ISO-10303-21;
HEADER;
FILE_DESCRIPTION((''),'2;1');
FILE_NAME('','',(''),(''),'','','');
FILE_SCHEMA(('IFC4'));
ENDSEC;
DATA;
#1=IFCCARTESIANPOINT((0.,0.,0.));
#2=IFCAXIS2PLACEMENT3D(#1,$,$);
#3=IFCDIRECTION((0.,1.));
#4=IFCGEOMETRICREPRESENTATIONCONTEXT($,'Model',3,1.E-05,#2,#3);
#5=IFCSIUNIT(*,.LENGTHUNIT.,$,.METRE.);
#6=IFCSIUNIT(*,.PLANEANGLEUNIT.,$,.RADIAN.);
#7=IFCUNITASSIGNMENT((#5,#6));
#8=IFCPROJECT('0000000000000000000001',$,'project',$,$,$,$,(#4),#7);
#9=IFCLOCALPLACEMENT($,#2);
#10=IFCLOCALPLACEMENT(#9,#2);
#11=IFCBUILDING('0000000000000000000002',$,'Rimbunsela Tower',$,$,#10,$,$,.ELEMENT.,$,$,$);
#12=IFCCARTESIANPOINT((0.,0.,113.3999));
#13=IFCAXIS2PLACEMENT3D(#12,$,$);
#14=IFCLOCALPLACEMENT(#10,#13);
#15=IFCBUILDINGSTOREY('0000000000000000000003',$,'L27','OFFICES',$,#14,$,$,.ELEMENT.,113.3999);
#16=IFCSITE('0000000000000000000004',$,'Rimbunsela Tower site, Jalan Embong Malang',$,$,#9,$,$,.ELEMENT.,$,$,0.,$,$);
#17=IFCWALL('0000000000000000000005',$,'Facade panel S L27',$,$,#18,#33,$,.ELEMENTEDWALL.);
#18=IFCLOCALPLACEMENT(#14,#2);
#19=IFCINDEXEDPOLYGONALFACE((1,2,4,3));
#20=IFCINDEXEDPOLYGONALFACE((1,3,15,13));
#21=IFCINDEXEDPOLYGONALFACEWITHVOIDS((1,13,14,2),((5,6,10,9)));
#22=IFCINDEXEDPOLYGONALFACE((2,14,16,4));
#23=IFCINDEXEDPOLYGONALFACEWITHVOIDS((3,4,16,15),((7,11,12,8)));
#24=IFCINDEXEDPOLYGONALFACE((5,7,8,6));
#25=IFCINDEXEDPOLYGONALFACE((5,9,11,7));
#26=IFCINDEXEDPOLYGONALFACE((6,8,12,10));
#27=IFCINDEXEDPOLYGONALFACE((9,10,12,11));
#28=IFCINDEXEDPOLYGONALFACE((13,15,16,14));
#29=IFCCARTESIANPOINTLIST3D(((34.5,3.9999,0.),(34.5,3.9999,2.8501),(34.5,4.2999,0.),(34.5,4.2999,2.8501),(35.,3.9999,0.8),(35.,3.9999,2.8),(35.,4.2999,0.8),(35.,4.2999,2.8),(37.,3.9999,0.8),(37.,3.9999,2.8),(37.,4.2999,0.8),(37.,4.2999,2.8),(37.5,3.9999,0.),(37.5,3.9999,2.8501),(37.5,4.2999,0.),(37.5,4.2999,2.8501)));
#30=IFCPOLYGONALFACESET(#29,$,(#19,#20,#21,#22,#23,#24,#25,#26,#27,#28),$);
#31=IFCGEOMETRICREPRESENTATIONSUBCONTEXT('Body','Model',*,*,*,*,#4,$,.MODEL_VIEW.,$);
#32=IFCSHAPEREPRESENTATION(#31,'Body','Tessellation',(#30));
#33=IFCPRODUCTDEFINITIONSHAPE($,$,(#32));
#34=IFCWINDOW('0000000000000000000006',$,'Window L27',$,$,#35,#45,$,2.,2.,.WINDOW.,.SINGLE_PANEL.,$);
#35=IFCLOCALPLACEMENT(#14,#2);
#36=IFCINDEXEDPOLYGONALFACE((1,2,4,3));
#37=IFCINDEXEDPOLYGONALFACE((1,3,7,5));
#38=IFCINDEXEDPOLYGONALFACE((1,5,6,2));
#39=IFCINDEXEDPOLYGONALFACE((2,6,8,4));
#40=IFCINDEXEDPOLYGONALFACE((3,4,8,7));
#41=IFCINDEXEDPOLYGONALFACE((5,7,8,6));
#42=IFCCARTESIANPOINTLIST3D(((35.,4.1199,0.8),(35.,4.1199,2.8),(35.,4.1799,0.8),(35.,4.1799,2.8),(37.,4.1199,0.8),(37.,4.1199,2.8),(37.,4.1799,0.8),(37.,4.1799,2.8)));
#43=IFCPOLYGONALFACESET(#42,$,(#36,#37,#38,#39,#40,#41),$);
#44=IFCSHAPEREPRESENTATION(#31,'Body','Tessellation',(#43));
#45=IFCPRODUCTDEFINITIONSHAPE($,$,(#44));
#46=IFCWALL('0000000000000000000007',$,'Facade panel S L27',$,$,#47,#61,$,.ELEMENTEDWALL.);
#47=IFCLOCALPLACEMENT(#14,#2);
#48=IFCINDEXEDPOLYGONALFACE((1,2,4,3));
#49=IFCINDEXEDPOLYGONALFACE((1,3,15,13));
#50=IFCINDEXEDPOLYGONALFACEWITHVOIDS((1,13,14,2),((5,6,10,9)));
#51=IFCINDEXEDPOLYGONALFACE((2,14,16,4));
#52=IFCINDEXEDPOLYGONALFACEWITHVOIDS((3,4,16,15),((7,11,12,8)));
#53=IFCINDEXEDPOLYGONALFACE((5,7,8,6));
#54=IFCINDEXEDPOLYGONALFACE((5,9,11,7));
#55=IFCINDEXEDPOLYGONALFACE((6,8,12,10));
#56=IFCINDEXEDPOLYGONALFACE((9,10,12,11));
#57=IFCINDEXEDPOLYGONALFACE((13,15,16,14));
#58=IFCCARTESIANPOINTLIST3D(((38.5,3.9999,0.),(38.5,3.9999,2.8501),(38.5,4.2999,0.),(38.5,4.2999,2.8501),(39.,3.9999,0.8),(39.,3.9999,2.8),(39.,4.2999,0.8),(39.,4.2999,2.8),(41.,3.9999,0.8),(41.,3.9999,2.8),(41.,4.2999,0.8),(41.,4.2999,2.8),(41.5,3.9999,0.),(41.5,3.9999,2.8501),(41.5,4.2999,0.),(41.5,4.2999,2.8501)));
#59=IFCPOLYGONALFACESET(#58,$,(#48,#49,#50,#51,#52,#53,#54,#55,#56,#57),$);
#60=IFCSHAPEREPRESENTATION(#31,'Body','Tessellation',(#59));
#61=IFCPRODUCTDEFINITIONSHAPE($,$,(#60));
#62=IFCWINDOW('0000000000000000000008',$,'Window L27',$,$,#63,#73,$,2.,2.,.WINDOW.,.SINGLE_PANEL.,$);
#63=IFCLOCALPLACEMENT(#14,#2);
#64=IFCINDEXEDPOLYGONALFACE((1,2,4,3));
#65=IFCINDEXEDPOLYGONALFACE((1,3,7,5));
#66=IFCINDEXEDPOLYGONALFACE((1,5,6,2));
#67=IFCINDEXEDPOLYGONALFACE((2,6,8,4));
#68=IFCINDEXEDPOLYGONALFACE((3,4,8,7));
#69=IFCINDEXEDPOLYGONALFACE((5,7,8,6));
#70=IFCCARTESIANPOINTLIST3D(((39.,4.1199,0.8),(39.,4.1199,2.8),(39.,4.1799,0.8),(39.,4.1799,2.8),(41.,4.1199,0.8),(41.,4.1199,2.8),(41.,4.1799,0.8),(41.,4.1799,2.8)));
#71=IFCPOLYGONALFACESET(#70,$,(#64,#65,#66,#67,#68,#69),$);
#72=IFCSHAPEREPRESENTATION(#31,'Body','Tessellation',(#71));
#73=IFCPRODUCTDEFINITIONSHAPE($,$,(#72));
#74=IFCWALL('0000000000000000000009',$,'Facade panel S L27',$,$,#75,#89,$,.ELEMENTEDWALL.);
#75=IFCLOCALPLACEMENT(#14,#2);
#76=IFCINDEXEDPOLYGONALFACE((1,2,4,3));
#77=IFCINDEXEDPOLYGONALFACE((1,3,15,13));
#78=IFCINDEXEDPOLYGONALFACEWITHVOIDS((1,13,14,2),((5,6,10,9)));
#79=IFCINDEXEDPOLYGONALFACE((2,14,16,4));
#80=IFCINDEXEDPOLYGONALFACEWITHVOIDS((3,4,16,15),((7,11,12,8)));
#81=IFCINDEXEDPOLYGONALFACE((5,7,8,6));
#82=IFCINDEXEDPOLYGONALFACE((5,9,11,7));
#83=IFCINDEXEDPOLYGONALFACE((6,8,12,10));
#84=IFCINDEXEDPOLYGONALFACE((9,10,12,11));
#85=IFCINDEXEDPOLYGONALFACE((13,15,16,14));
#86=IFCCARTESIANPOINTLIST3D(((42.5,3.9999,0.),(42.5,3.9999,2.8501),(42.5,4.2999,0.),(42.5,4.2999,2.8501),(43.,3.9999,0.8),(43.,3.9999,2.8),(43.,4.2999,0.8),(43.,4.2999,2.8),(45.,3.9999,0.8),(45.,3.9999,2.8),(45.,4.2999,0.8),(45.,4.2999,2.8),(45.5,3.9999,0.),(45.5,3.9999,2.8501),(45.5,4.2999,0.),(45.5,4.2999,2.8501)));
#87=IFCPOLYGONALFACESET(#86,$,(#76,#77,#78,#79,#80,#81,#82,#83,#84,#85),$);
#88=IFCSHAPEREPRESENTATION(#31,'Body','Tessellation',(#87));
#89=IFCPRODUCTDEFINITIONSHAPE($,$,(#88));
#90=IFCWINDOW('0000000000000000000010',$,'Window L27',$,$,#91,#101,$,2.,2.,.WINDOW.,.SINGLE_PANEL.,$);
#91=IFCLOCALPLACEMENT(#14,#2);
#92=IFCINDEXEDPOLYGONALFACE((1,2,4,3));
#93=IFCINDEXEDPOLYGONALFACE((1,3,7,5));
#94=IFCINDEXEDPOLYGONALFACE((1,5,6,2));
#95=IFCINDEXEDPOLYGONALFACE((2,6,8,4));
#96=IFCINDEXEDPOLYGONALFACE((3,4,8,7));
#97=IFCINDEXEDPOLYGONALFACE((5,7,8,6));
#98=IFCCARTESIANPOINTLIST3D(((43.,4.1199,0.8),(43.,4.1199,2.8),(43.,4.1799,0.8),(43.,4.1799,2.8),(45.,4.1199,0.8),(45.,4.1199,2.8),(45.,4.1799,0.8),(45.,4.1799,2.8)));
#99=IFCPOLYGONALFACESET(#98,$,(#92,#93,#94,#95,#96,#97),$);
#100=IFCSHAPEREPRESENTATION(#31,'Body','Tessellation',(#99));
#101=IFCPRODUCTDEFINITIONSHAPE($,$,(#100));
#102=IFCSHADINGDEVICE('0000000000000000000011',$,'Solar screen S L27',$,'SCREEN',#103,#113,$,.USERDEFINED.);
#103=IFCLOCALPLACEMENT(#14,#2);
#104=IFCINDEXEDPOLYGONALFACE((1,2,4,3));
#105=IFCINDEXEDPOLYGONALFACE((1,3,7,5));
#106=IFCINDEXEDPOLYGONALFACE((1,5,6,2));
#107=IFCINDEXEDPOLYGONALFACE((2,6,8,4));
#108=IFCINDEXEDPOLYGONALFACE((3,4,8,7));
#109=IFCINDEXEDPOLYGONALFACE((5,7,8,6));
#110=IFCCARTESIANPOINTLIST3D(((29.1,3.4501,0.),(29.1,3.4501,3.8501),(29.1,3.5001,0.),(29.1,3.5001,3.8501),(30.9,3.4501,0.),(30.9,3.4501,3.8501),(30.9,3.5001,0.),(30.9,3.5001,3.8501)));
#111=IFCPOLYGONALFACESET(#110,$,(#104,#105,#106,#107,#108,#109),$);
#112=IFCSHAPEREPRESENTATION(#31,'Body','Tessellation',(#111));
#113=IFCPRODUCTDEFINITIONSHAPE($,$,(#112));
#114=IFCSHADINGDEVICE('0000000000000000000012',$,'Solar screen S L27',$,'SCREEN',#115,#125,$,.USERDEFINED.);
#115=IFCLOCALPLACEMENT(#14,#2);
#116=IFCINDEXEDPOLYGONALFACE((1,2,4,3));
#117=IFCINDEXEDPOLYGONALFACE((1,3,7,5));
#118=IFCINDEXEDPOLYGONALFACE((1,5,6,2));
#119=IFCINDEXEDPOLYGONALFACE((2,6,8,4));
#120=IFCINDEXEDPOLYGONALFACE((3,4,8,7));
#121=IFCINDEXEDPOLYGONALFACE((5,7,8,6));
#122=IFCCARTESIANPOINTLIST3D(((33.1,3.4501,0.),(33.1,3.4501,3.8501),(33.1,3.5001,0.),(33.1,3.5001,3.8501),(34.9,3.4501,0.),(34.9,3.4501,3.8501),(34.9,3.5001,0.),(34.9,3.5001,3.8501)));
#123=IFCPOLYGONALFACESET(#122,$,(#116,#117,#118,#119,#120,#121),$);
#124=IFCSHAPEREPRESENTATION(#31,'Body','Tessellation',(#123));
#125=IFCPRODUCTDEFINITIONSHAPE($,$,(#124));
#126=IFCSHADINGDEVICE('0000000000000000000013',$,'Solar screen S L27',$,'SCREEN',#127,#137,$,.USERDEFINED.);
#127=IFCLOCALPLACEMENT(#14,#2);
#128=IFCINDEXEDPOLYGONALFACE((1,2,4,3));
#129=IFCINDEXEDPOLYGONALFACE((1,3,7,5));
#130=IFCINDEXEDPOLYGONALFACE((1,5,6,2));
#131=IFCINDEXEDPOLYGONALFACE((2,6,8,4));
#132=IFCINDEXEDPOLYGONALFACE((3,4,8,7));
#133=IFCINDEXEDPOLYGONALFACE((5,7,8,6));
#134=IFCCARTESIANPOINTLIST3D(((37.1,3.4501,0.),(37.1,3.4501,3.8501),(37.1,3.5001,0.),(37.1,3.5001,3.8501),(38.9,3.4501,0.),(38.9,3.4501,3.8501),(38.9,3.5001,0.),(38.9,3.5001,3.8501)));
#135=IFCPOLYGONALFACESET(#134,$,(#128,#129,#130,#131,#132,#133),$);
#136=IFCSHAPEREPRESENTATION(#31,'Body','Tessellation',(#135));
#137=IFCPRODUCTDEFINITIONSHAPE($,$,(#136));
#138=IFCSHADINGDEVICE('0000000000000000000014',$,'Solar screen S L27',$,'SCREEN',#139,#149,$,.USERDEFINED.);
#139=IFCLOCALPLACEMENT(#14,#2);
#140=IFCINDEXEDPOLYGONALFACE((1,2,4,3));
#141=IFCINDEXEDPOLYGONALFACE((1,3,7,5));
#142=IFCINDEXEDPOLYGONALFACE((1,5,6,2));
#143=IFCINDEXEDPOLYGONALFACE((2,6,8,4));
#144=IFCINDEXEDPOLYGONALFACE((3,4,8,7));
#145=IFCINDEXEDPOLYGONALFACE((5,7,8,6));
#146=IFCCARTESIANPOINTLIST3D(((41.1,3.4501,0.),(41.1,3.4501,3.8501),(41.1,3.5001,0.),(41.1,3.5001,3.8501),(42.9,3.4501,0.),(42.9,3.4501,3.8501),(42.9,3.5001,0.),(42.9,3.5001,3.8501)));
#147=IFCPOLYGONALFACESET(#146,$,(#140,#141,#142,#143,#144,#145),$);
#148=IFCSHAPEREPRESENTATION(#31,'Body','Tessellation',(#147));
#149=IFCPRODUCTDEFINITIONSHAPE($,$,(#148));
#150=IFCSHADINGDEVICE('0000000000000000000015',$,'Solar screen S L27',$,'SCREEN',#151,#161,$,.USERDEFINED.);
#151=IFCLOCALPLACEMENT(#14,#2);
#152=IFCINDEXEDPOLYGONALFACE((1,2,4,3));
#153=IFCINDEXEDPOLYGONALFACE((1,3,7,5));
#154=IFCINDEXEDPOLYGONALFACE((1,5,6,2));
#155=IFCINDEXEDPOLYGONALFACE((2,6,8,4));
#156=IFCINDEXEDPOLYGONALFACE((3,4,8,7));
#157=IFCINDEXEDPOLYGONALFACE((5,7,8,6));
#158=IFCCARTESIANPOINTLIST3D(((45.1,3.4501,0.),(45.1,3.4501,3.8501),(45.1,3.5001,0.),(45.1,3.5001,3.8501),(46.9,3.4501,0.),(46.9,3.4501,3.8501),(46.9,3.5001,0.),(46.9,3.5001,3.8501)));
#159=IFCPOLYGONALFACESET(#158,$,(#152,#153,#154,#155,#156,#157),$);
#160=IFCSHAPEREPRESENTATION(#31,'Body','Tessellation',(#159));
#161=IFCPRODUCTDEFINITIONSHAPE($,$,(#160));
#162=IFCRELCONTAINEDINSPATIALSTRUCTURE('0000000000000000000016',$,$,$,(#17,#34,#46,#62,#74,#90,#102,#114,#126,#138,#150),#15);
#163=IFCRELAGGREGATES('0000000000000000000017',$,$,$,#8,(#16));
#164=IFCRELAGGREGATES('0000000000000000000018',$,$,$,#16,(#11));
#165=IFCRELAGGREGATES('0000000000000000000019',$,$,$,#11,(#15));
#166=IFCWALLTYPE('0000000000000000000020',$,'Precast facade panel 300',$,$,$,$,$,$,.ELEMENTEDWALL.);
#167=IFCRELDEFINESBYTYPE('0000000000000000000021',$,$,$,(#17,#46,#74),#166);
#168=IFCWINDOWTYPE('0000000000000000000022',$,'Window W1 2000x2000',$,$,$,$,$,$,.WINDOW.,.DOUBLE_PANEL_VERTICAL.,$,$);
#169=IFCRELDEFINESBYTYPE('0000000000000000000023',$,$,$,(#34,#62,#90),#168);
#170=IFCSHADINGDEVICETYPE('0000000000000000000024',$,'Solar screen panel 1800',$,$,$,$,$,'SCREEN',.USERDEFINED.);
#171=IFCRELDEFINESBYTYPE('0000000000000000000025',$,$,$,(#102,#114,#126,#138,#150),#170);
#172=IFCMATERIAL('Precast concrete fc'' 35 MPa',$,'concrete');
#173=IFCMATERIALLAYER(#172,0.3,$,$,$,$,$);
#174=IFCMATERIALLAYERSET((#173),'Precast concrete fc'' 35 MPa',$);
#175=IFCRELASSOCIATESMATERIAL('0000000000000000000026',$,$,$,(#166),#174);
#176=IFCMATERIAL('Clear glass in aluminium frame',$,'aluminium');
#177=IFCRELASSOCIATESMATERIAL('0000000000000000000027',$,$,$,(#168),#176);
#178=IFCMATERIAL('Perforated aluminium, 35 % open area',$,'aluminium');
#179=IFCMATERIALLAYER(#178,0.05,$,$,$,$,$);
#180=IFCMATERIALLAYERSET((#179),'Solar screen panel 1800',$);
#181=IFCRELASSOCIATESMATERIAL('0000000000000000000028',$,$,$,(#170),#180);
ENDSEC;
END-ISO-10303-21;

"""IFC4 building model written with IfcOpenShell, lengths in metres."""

from ifc_helpers import new_model, si_unit, direction, frame, frame_2d, origin, origin_2d, place, context, subcontext, project, spatial, rectangle, extrude, material, layer, layer_set, type_object, element, fill, save


model = new_model("IFC4")

# Units and contexts
model_context = context("Model", 3, precision=1e-05, world=origin(), true_north=direction((0.0, 1.0)))
body_context = subcontext(model_context, "Body", "Model", "MODEL_VIEW")
ifc_project = project(units=[si_unit("LENGTHUNIT", "METRE"), si_unit("PLANEANGLEUNIT", "RADIAN")], contexts=[model_context])

# Site, building, storey
site_placement = place(None, origin())
site = spatial("IfcSite", under=ifc_project, at=site_placement, Name="Rimbunsela Tower site, Jalan Embong Malang", CompositionType="ELEMENT", RefElevation=0.0)
building_placement = place(site_placement, origin())
building = spatial("IfcBuilding", under=site, at=building_placement, Name="Rimbunsela Tower", CompositionType="ELEMENT")
storey_placement = place(building_placement, frame((0.0, 0.0, 113.3999)))
storey = spatial("IfcBuildingStorey", under=building, at=storey_placement, Name="L27", Description="OFFICES", CompositionType="ELEMENT", Elevation=113.3999)

# Walls, openings, windows
ifc_material_1 = material(Name="Precast concrete fc' 35 MPa", Category="concrete")
ifc_layer_1 = layer(ifc_material_1, 0.3)
ifc_layer_set_1 = layer_set([ifc_layer_1], Name="Precast concrete fc' 35 MPa")
wall_type_1 = type_object("IfcWallType", Name="Precast facade panel 300", PredefinedType="ELEMENTEDWALL", material=ifc_layer_set_1)
ifc_material_2 = material(Name="Clear glass in aluminium frame", Category="aluminium")
window_type = type_object("IfcWindowType", Name="Window W1 2000x2000", PartitioningType="DOUBLE_PANEL_VERTICAL", PredefinedType="WINDOW", material=ifc_material_2)
wall_1_placement = place(storey_placement, frame((34.5, 4.1499, 0.0), z_axis=(0.0, 0.0, 1.0), x_axis=(1.0, 0.0, 0.0)))
wall_1 = element("IfcWall", 1, at=wall_1_placement, inside=storey, type_object=wall_type_1, Name="Facade panel S L27", PredefinedType="ELEMENTEDWALL", context=body_context, shape_type="SweptSolid", body=[
    extrude(rectangle(XDim=3.0, YDim=0.3, at=frame_2d((1.5, 0.0))), origin(), (0.0, 0.0, 1.0), 2.8501),
])
opening_1_placement = place(wall_1_placement, frame((0.5, 0.0, 0.8)))
opening_1 = element("IfcOpeningElement", 2, at=opening_1_placement, cuts=wall_1, PredefinedType="OPENING", context=body_context, shape_type="SweptSolid", body=[
    extrude(rectangle(XDim=2.0, YDim=2.0, at=frame_2d((1.0, 1.0))), frame((0.0, 0.1599, 0.0), z_axis=(0.0, -1.0, 0.0), x_axis=(1.0, 0.0, 0.0)), (0.0, 0.0, 1.0), 0.3201),
])
window_1_placement = place(opening_1_placement, origin())
window_1 = element("IfcWindow", 3, at=window_1_placement, inside=storey, type_object=window_type, Name="Window L27", OverallHeight=2.0, OverallWidth=2.0, PartitioningType="SINGLE_PANEL", PredefinedType="WINDOW", context=body_context, shape_type="SweptSolid", body=[
    extrude(rectangle(XDim=2.0, YDim=2.0, at=frame_2d((1.0, 1.0))), frame((0.0, 0.03, 0.0), z_axis=(0.0, -1.0, 0.0), x_axis=(1.0, 0.0, 0.0)), (0.0, 0.0, 1.0), 0.0601),
])
fill(opening_1, window_1)
wall_2_placement = place(storey_placement, frame((38.5, 4.1499, 0.0), z_axis=(0.0, 0.0, 1.0), x_axis=(1.0, 0.0, 0.0)))
wall_2 = element("IfcWall", 4, at=wall_2_placement, inside=storey, type_object=wall_type_1, Name="Facade panel S L27", PredefinedType="ELEMENTEDWALL", context=body_context, shape_type="SweptSolid", body=[
    extrude(rectangle(XDim=3.0, YDim=0.3, at=frame_2d((1.5, 0.0))), origin(), (0.0, 0.0, 1.0), 2.8501),
])
opening_2_placement = place(wall_2_placement, frame((0.5, 0.0, 0.8)))
opening_2 = element("IfcOpeningElement", 5, at=opening_2_placement, cuts=wall_2, PredefinedType="OPENING", context=body_context, shape_type="SweptSolid", body=[
    extrude(rectangle(XDim=2.0, YDim=2.0, at=frame_2d((1.0, 1.0))), frame((0.0, 0.1599, 0.0), z_axis=(0.0, -1.0, 0.0), x_axis=(1.0, 0.0, 0.0)), (0.0, 0.0, 1.0), 0.3201),
])
window_2_placement = place(opening_2_placement, origin())
window_2 = element("IfcWindow", 6, at=window_2_placement, inside=storey, type_object=window_type, Name="Window L27", OverallHeight=2.0, OverallWidth=2.0, PartitioningType="SINGLE_PANEL", PredefinedType="WINDOW", context=body_context, shape_type="SweptSolid", body=[
    extrude(rectangle(XDim=2.0, YDim=2.0, at=frame_2d((1.0, 1.0))), frame((0.0, 0.03, 0.0), z_axis=(0.0, -1.0, 0.0), x_axis=(1.0, 0.0, 0.0)), (0.0, 0.0, 1.0), 0.0601),
])
fill(opening_2, window_2)
wall_3_placement = place(storey_placement, frame((42.5, 4.1499, 0.0), z_axis=(0.0, 0.0, 1.0), x_axis=(1.0, 0.0, 0.0)))
wall_3 = element("IfcWall", 7, at=wall_3_placement, inside=storey, type_object=wall_type_1, Name="Facade panel S L27", PredefinedType="ELEMENTEDWALL", context=body_context, shape_type="SweptSolid", body=[
    extrude(rectangle(XDim=3.0, YDim=0.3, at=frame_2d((1.5, 0.0))), origin(), (0.0, 0.0, 1.0), 2.8501),
])
opening_3_placement = place(wall_3_placement, frame((0.5, 0.0, 0.8)))
opening_3 = element("IfcOpeningElement", 8, at=opening_3_placement, cuts=wall_3, PredefinedType="OPENING", context=body_context, shape_type="SweptSolid", body=[
    extrude(rectangle(XDim=2.0, YDim=2.0, at=frame_2d((1.0, 1.0))), frame((0.0, 0.1599, 0.0), z_axis=(0.0, -1.0, 0.0), x_axis=(1.0, 0.0, 0.0)), (0.0, 0.0, 1.0), 0.3201),
])
window_3_placement = place(opening_3_placement, origin())
window_3 = element("IfcWindow", 9, at=window_3_placement, inside=storey, type_object=window_type, Name="Window L27", OverallHeight=2.0, OverallWidth=2.0, PartitioningType="SINGLE_PANEL", PredefinedType="WINDOW", context=body_context, shape_type="SweptSolid", body=[
    extrude(rectangle(XDim=2.0, YDim=2.0, at=frame_2d((1.0, 1.0))), frame((0.0, 0.03, 0.0), z_axis=(0.0, -1.0, 0.0), x_axis=(1.0, 0.0, 0.0)), (0.0, 0.0, 1.0), 0.0601),
])
fill(opening_3, window_3)

# Shading devices
ifc_material_3 = material(Name="Perforated aluminium, 35 % open area", Category="aluminium")
ifc_layer_2 = layer(ifc_material_3, 0.05)
ifc_layer_set_2 = layer_set([ifc_layer_2], Name="Solar screen panel 1800")
shading_device_type = type_object("IfcShadingDeviceType", Name="Solar screen panel 1800", ElementType="SCREEN", PredefinedType="USERDEFINED", material=ifc_layer_set_2)
for number, where, z_axis, x_axis, name in (
    (10, (30.0, 3.4751, 0.0), (0.0, 0.0, 1.0), (1.0, 0.0, 0.0), "Solar screen S L27"),
    (11, (34.0, 3.4751, 0.0), (0.0, 0.0, 1.0), (1.0, 0.0, 0.0), "Solar screen S L27"),
    (12, (38.0, 3.4751, 0.0), (0.0, 0.0, 1.0), (1.0, 0.0, 0.0), "Solar screen S L27"),
    (13, (42.0, 3.4751, 0.0), (0.0, 0.0, 1.0), (1.0, 0.0, 0.0), "Solar screen S L27"),
    (14, (46.0, 3.4751, 0.0), (0.0, 0.0, 1.0), (1.0, 0.0, 0.0), "Solar screen S L27"),
):
    element("IfcShadingDevice", number, at=place(storey_placement, frame(where, z_axis=z_axis, x_axis=x_axis)), inside=storey, type_object=shading_device_type, Name=name, ObjectType="SCREEN", PredefinedType="USERDEFINED", context=body_context, shape_type="SweptSolid", body=[
        extrude(rectangle(XDim=1.8, YDim=0.05, at=origin_2d()), origin(), (0.0, 0.0, 1.0), 3.8501),
    ])

save(model, "model.ifc")
